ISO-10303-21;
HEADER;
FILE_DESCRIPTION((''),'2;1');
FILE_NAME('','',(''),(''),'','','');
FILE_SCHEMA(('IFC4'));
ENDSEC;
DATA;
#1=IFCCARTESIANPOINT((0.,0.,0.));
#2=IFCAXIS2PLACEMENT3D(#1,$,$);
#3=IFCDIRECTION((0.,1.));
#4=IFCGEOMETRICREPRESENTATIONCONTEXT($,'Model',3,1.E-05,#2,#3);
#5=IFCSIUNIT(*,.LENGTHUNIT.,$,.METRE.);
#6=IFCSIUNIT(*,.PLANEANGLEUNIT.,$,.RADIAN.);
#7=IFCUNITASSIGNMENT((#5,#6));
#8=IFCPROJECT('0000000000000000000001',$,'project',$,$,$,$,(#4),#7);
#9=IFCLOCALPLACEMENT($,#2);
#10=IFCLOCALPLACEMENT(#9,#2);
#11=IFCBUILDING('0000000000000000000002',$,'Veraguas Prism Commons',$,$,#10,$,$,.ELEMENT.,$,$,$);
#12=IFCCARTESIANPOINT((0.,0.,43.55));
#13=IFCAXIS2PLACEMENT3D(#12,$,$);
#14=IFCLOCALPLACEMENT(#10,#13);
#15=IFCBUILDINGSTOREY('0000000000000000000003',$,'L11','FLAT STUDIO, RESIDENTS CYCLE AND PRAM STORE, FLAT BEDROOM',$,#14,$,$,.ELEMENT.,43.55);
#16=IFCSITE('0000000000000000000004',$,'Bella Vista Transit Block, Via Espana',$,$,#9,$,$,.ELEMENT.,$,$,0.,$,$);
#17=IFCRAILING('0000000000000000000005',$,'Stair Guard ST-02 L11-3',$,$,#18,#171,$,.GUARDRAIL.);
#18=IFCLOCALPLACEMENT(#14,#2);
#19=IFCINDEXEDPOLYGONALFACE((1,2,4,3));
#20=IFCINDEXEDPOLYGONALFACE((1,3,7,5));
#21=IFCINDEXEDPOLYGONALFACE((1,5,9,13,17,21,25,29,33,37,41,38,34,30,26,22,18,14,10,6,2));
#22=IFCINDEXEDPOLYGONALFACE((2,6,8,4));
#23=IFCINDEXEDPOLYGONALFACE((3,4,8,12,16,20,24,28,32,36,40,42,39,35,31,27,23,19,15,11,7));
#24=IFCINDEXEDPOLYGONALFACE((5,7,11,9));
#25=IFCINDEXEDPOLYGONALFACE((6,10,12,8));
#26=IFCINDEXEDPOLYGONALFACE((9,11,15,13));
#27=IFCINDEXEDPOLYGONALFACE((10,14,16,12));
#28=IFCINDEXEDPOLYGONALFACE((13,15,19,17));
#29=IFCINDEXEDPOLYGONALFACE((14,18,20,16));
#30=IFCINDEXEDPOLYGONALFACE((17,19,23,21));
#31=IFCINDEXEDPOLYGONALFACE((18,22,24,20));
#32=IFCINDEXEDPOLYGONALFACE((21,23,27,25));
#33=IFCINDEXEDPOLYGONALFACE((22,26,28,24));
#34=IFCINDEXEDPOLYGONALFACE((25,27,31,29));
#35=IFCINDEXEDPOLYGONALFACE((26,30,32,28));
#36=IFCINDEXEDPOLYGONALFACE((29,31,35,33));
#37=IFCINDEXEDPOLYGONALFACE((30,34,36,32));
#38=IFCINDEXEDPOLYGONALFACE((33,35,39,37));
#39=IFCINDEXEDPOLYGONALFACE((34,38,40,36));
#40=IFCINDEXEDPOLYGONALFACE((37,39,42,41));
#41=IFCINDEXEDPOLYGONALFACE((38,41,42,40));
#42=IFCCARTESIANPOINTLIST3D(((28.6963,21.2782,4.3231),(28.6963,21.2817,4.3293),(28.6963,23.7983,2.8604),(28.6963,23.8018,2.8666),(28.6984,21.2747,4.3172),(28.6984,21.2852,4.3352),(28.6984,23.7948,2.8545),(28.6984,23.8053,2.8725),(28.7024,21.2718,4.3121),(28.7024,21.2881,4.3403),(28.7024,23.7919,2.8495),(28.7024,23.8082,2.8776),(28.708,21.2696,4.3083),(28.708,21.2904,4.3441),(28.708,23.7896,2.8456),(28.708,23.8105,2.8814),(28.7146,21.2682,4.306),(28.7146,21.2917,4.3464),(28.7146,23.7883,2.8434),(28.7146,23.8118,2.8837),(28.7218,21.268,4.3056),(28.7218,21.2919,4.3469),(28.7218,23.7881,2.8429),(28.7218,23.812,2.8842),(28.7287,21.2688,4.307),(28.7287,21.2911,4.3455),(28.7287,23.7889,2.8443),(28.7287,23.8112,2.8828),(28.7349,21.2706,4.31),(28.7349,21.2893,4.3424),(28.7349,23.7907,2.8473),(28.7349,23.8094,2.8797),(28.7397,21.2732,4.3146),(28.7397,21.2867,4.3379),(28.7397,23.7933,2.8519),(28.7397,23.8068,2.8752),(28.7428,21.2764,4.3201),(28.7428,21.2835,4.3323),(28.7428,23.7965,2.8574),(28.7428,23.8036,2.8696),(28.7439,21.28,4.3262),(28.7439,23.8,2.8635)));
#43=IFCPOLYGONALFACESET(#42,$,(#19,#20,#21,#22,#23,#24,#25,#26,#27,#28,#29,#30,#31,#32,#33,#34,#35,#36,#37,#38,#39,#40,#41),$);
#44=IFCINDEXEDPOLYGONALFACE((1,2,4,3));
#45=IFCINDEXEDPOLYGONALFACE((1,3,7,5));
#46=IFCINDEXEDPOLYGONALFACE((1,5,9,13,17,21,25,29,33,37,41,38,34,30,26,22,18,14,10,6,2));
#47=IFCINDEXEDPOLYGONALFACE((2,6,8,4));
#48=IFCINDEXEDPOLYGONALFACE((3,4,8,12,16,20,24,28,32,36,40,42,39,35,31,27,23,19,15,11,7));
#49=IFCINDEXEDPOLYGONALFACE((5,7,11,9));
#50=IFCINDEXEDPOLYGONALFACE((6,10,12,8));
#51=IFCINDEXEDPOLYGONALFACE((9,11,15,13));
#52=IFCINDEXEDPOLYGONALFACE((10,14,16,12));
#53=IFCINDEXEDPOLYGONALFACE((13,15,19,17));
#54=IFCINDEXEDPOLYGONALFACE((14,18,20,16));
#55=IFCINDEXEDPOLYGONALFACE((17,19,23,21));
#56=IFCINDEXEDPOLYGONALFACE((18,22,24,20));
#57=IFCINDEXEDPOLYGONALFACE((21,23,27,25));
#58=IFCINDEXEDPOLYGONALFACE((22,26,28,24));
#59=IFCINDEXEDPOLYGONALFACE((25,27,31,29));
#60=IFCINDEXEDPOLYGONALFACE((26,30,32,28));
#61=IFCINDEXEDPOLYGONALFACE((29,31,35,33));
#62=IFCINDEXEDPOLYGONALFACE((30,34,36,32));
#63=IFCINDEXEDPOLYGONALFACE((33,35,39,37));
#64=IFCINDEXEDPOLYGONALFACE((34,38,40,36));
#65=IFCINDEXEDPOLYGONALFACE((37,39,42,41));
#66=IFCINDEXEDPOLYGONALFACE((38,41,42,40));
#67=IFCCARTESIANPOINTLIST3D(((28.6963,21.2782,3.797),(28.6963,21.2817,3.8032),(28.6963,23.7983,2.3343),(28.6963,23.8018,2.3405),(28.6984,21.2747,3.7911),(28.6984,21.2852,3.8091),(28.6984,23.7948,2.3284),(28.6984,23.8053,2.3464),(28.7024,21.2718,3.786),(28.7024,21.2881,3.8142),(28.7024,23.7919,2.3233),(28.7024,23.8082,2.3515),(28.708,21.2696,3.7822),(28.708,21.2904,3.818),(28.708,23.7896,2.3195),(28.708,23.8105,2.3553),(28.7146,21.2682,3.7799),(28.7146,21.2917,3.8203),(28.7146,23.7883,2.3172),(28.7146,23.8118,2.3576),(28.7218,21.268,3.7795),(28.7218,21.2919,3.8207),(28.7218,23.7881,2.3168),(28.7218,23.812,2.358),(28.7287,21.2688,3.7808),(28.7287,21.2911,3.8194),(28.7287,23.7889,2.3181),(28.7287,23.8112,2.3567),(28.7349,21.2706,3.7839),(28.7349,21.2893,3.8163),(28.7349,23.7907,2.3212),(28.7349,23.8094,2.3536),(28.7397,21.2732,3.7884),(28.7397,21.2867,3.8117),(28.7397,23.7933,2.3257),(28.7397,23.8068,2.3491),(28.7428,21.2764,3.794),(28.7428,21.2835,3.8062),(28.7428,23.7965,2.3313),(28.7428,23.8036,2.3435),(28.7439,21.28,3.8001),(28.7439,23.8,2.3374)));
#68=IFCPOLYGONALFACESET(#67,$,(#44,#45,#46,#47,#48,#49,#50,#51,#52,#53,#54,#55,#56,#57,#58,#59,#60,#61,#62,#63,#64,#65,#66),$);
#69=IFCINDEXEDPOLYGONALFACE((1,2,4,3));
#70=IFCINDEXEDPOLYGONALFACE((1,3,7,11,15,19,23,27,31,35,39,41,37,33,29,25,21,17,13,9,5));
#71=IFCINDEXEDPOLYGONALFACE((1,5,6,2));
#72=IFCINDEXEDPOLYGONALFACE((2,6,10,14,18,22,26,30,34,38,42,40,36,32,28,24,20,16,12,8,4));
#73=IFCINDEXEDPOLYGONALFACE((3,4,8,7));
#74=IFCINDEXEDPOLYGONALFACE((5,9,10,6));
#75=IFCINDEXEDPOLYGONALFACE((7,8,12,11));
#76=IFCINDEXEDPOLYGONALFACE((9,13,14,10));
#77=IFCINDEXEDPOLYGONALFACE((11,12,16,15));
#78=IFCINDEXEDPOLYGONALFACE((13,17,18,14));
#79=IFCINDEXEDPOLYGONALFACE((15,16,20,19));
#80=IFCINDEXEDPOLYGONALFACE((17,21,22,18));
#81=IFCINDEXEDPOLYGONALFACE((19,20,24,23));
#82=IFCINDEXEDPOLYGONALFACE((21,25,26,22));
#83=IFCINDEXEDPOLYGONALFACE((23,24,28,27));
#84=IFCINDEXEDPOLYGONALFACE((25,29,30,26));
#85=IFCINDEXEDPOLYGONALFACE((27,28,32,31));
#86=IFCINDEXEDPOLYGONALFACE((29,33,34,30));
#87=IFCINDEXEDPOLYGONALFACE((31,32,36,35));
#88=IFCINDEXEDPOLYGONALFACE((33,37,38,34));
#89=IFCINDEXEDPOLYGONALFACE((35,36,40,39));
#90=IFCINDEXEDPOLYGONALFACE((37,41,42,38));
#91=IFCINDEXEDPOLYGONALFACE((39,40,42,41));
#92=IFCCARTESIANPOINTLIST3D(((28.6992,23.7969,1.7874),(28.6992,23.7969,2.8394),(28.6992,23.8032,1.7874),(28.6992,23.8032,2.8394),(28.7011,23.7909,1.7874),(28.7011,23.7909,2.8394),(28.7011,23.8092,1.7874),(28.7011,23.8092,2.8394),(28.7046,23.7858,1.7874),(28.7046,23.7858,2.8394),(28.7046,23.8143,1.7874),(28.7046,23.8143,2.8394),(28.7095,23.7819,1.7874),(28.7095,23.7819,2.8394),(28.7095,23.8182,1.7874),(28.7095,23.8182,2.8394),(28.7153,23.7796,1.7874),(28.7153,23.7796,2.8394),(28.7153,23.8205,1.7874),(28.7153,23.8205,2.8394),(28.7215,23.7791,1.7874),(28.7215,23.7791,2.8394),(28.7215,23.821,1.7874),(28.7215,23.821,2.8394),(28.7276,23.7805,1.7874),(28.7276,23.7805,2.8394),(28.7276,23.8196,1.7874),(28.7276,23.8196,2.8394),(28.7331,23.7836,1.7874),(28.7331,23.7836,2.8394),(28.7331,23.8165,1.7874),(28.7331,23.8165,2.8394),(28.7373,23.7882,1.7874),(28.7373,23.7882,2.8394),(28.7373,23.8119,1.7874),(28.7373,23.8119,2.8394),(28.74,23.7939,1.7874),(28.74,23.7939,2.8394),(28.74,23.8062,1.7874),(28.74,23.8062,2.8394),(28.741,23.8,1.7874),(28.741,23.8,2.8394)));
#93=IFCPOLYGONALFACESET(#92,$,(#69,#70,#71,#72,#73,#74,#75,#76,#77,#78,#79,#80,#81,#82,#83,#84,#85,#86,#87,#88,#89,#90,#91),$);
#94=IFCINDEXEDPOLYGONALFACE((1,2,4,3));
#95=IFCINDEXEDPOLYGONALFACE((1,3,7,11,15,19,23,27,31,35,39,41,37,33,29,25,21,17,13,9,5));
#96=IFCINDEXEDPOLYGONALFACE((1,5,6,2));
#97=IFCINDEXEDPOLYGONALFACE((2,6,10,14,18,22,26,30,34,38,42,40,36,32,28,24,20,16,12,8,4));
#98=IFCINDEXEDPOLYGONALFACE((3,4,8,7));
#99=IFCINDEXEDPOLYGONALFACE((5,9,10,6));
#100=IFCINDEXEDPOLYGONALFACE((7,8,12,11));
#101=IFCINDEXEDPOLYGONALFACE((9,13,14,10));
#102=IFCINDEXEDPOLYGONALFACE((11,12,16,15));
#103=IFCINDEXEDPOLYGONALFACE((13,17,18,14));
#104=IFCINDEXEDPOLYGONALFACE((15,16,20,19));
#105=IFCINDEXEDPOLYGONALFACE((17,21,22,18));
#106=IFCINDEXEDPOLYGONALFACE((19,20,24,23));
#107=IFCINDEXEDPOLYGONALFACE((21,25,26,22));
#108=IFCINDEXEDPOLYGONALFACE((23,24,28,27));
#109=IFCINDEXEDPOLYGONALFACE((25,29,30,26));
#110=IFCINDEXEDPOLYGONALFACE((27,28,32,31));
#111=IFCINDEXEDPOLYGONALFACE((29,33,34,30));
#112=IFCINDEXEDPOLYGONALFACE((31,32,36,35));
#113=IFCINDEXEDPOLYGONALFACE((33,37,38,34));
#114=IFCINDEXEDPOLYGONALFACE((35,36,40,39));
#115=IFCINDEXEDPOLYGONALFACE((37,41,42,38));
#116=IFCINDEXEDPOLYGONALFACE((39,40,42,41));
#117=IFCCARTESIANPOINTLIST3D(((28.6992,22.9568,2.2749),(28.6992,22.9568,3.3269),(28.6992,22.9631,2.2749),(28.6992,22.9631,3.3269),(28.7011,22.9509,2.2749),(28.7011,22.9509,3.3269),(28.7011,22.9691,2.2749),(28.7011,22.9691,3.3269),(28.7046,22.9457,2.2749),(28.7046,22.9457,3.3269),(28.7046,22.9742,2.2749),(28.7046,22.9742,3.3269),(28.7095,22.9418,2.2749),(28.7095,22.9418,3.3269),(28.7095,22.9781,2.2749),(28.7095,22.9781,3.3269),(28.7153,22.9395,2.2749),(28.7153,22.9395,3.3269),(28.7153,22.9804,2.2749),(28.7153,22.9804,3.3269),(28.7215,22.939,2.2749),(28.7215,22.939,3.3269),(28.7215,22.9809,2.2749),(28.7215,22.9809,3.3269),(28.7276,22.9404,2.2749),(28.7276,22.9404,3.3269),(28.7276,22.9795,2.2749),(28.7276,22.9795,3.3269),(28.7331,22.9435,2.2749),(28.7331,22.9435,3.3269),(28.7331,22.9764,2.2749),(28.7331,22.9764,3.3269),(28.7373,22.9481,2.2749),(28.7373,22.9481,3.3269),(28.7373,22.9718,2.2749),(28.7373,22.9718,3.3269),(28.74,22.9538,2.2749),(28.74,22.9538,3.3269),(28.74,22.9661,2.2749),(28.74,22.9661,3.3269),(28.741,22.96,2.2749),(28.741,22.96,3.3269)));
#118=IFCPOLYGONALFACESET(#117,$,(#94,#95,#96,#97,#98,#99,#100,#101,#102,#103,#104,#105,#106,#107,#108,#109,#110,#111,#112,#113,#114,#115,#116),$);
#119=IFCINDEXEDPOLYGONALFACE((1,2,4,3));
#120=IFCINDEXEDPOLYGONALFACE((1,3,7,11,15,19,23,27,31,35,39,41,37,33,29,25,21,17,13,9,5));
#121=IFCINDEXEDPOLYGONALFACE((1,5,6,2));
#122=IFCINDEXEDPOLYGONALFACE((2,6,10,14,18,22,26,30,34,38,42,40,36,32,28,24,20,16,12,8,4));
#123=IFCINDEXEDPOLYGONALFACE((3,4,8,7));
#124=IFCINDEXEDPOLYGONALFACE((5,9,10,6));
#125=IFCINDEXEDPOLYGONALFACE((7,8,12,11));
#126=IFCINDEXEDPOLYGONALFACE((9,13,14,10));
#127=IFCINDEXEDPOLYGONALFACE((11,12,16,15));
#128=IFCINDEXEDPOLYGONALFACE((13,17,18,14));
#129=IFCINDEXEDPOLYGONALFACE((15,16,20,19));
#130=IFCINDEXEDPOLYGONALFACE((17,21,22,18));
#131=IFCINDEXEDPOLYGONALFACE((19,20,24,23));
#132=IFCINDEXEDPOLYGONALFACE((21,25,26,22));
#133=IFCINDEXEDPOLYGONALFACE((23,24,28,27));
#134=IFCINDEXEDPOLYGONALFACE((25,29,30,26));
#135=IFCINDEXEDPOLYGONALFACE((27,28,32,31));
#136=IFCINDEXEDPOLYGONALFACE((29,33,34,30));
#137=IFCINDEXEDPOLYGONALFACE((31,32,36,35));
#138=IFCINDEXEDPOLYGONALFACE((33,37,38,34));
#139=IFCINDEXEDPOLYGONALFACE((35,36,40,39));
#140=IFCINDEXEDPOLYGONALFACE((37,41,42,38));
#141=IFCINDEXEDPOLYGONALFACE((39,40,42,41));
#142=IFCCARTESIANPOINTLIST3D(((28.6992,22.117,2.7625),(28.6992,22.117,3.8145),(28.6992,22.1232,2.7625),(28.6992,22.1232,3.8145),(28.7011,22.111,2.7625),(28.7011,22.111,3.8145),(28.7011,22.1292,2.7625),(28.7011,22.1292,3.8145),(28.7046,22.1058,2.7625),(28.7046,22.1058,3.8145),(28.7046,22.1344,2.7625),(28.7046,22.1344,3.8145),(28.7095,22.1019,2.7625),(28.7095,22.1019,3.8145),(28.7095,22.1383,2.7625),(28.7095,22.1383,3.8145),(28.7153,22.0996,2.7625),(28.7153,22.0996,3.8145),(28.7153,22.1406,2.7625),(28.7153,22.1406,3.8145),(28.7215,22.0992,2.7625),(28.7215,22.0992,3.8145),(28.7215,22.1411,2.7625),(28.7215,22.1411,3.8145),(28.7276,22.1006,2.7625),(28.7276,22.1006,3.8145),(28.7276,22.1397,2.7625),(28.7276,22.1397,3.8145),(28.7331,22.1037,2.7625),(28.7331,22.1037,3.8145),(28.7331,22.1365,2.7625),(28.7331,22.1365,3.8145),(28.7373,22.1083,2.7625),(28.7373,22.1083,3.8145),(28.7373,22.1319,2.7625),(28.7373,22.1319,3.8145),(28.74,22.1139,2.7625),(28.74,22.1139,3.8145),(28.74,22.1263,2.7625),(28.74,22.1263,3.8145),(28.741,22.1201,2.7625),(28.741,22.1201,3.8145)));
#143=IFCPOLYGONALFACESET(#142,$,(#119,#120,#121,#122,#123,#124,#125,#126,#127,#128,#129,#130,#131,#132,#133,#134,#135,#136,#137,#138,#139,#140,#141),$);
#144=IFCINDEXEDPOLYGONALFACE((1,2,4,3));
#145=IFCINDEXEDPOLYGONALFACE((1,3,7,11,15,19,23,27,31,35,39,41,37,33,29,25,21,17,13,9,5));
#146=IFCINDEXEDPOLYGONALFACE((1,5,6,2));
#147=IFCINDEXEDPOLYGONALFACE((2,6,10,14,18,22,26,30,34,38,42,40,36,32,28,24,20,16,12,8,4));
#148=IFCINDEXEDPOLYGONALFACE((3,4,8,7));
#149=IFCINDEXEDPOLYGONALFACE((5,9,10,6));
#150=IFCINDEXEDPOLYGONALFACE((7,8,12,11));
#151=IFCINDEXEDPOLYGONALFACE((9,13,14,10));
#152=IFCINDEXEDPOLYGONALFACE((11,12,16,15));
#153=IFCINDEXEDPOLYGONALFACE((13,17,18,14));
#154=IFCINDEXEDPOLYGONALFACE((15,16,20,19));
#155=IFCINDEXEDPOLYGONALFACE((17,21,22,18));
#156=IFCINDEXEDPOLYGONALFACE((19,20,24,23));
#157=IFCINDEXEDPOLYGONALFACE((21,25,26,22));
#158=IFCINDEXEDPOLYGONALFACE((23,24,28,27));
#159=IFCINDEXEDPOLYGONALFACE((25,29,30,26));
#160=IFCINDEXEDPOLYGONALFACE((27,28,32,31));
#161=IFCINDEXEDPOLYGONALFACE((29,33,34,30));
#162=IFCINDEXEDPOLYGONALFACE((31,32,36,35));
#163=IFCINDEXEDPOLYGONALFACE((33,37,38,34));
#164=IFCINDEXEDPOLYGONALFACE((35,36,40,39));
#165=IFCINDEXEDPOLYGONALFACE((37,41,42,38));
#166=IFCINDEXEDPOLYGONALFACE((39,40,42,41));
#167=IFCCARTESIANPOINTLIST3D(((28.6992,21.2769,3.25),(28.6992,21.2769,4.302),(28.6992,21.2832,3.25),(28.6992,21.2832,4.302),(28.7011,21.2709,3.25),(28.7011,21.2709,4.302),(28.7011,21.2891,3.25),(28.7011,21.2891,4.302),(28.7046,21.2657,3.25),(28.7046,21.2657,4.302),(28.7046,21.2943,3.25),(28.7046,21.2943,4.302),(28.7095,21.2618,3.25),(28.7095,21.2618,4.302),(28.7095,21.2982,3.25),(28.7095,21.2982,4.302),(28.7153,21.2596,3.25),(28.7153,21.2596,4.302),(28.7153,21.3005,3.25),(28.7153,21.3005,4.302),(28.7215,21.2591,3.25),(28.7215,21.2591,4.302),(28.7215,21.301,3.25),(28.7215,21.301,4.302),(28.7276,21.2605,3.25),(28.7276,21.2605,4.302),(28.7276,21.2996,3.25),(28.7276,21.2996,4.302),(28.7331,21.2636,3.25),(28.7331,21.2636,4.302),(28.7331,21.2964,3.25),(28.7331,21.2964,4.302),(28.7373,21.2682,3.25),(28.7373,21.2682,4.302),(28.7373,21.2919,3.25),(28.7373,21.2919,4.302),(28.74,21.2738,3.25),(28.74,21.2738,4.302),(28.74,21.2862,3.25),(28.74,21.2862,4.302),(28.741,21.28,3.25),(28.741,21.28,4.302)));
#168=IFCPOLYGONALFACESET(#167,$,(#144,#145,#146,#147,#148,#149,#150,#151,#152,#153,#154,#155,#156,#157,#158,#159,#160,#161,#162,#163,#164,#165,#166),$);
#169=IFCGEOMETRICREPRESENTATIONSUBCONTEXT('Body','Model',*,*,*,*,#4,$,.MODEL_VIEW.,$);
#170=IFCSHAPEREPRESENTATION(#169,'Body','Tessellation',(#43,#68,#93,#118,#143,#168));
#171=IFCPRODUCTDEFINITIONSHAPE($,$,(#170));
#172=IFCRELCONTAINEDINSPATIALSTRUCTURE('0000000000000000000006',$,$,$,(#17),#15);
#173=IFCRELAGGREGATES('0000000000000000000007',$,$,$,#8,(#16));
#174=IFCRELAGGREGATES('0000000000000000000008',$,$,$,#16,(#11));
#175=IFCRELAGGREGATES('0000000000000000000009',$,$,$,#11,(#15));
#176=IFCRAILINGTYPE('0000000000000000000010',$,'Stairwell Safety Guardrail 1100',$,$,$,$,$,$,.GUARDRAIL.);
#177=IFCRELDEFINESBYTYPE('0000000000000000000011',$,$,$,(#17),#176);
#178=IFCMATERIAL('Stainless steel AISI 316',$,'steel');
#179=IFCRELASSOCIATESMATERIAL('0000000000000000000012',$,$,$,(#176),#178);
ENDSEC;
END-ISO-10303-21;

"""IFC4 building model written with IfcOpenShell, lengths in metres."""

from ifc_helpers import new_model, si_unit, direction, frame, origin, origin_2d, place, context, subcontext, project, spatial, circle, extrude, material, type_object, element, save


model = new_model("IFC4")

# Units and contexts
model_context = context("Model", 3, precision=1e-05, world=origin(), true_north=direction((0.0, 1.0)))
body_context = subcontext(model_context, "Body", "Model", "MODEL_VIEW")
ifc_project = project(units=[si_unit("LENGTHUNIT", "METRE"), si_unit("PLANEANGLEUNIT", "RADIAN")], contexts=[model_context])

# Site, building, storey
site_placement = place(None, origin())
site = spatial("IfcSite", under=ifc_project, at=site_placement, Name="Bella Vista Transit Block, Via Espana", CompositionType="ELEMENT", RefElevation=0.0)
building_placement = place(site_placement, origin())
building = spatial("IfcBuilding", under=site, at=building_placement, Name="Veraguas Prism Commons", CompositionType="ELEMENT")
storey_placement = place(building_placement, frame((0.0, 0.0, 43.55)))
storey = spatial("IfcBuildingStorey", under=building, at=storey_placement, Name="L11", Description="FLAT STUDIO, RESIDENTS CYCLE AND PRAM STORE, FLAT BEDROOM", CompositionType="ELEMENT", Elevation=43.55)

# Shared definitions
ifc_material_1 = material(Name="Stainless steel AISI 316", Category="steel")

# Railing
railing_type_1 = type_object("IfcRailingType", Name="Stairwell Safety Guardrail 1100", PredefinedType="GUARDRAIL", material=ifc_material_1)
railing_1_placement = place(storey_placement, frame((28.72, 23.8, 1.7874)))
element("IfcRailing", 1, at=railing_1_placement, inside=storey, type_object=railing_type_1, Name="Stair Guard ST-02 L11-3", PredefinedType="GUARDRAIL", context=body_context, shape_type="SweptSolid", body=[
    extrude(circle(Radius=0.0239, at=origin_2d()), frame((0.0, 0.0, 1.0762), z_axis=(0.0, -0.864877, 0.501984), x_axis=(1.0, 0.0, 0.0)), (0.0, 0.0, 1.0), 2.9138),
    extrude(circle(Radius=0.0239, at=origin_2d()), frame((0.0, 0.0, 0.55), z_axis=(0.0, -0.864877, 0.501984), x_axis=(1.0, 0.0, 0.0)), (0.0, 0.0, 1.0), 2.9138),
    extrude(circle(Radius=0.021, at=origin_2d()), origin(), (0.0, 0.0, 1.0), 1.052),
    extrude(circle(Radius=0.021, at=origin_2d()), frame((0.0, -0.8401, 0.4875)), (0.0, 0.0, 1.0), 1.052),
    extrude(circle(Radius=0.021, at=origin_2d()), frame((0.0, -1.6799, 0.9751)), (0.0, 0.0, 1.0), 1.052),
    extrude(circle(Radius=0.021, at=origin_2d()), frame((0.0, -2.52, 1.4626)), (0.0, 0.0, 1.0), 1.052),
])

save(model, "model.ifc")
